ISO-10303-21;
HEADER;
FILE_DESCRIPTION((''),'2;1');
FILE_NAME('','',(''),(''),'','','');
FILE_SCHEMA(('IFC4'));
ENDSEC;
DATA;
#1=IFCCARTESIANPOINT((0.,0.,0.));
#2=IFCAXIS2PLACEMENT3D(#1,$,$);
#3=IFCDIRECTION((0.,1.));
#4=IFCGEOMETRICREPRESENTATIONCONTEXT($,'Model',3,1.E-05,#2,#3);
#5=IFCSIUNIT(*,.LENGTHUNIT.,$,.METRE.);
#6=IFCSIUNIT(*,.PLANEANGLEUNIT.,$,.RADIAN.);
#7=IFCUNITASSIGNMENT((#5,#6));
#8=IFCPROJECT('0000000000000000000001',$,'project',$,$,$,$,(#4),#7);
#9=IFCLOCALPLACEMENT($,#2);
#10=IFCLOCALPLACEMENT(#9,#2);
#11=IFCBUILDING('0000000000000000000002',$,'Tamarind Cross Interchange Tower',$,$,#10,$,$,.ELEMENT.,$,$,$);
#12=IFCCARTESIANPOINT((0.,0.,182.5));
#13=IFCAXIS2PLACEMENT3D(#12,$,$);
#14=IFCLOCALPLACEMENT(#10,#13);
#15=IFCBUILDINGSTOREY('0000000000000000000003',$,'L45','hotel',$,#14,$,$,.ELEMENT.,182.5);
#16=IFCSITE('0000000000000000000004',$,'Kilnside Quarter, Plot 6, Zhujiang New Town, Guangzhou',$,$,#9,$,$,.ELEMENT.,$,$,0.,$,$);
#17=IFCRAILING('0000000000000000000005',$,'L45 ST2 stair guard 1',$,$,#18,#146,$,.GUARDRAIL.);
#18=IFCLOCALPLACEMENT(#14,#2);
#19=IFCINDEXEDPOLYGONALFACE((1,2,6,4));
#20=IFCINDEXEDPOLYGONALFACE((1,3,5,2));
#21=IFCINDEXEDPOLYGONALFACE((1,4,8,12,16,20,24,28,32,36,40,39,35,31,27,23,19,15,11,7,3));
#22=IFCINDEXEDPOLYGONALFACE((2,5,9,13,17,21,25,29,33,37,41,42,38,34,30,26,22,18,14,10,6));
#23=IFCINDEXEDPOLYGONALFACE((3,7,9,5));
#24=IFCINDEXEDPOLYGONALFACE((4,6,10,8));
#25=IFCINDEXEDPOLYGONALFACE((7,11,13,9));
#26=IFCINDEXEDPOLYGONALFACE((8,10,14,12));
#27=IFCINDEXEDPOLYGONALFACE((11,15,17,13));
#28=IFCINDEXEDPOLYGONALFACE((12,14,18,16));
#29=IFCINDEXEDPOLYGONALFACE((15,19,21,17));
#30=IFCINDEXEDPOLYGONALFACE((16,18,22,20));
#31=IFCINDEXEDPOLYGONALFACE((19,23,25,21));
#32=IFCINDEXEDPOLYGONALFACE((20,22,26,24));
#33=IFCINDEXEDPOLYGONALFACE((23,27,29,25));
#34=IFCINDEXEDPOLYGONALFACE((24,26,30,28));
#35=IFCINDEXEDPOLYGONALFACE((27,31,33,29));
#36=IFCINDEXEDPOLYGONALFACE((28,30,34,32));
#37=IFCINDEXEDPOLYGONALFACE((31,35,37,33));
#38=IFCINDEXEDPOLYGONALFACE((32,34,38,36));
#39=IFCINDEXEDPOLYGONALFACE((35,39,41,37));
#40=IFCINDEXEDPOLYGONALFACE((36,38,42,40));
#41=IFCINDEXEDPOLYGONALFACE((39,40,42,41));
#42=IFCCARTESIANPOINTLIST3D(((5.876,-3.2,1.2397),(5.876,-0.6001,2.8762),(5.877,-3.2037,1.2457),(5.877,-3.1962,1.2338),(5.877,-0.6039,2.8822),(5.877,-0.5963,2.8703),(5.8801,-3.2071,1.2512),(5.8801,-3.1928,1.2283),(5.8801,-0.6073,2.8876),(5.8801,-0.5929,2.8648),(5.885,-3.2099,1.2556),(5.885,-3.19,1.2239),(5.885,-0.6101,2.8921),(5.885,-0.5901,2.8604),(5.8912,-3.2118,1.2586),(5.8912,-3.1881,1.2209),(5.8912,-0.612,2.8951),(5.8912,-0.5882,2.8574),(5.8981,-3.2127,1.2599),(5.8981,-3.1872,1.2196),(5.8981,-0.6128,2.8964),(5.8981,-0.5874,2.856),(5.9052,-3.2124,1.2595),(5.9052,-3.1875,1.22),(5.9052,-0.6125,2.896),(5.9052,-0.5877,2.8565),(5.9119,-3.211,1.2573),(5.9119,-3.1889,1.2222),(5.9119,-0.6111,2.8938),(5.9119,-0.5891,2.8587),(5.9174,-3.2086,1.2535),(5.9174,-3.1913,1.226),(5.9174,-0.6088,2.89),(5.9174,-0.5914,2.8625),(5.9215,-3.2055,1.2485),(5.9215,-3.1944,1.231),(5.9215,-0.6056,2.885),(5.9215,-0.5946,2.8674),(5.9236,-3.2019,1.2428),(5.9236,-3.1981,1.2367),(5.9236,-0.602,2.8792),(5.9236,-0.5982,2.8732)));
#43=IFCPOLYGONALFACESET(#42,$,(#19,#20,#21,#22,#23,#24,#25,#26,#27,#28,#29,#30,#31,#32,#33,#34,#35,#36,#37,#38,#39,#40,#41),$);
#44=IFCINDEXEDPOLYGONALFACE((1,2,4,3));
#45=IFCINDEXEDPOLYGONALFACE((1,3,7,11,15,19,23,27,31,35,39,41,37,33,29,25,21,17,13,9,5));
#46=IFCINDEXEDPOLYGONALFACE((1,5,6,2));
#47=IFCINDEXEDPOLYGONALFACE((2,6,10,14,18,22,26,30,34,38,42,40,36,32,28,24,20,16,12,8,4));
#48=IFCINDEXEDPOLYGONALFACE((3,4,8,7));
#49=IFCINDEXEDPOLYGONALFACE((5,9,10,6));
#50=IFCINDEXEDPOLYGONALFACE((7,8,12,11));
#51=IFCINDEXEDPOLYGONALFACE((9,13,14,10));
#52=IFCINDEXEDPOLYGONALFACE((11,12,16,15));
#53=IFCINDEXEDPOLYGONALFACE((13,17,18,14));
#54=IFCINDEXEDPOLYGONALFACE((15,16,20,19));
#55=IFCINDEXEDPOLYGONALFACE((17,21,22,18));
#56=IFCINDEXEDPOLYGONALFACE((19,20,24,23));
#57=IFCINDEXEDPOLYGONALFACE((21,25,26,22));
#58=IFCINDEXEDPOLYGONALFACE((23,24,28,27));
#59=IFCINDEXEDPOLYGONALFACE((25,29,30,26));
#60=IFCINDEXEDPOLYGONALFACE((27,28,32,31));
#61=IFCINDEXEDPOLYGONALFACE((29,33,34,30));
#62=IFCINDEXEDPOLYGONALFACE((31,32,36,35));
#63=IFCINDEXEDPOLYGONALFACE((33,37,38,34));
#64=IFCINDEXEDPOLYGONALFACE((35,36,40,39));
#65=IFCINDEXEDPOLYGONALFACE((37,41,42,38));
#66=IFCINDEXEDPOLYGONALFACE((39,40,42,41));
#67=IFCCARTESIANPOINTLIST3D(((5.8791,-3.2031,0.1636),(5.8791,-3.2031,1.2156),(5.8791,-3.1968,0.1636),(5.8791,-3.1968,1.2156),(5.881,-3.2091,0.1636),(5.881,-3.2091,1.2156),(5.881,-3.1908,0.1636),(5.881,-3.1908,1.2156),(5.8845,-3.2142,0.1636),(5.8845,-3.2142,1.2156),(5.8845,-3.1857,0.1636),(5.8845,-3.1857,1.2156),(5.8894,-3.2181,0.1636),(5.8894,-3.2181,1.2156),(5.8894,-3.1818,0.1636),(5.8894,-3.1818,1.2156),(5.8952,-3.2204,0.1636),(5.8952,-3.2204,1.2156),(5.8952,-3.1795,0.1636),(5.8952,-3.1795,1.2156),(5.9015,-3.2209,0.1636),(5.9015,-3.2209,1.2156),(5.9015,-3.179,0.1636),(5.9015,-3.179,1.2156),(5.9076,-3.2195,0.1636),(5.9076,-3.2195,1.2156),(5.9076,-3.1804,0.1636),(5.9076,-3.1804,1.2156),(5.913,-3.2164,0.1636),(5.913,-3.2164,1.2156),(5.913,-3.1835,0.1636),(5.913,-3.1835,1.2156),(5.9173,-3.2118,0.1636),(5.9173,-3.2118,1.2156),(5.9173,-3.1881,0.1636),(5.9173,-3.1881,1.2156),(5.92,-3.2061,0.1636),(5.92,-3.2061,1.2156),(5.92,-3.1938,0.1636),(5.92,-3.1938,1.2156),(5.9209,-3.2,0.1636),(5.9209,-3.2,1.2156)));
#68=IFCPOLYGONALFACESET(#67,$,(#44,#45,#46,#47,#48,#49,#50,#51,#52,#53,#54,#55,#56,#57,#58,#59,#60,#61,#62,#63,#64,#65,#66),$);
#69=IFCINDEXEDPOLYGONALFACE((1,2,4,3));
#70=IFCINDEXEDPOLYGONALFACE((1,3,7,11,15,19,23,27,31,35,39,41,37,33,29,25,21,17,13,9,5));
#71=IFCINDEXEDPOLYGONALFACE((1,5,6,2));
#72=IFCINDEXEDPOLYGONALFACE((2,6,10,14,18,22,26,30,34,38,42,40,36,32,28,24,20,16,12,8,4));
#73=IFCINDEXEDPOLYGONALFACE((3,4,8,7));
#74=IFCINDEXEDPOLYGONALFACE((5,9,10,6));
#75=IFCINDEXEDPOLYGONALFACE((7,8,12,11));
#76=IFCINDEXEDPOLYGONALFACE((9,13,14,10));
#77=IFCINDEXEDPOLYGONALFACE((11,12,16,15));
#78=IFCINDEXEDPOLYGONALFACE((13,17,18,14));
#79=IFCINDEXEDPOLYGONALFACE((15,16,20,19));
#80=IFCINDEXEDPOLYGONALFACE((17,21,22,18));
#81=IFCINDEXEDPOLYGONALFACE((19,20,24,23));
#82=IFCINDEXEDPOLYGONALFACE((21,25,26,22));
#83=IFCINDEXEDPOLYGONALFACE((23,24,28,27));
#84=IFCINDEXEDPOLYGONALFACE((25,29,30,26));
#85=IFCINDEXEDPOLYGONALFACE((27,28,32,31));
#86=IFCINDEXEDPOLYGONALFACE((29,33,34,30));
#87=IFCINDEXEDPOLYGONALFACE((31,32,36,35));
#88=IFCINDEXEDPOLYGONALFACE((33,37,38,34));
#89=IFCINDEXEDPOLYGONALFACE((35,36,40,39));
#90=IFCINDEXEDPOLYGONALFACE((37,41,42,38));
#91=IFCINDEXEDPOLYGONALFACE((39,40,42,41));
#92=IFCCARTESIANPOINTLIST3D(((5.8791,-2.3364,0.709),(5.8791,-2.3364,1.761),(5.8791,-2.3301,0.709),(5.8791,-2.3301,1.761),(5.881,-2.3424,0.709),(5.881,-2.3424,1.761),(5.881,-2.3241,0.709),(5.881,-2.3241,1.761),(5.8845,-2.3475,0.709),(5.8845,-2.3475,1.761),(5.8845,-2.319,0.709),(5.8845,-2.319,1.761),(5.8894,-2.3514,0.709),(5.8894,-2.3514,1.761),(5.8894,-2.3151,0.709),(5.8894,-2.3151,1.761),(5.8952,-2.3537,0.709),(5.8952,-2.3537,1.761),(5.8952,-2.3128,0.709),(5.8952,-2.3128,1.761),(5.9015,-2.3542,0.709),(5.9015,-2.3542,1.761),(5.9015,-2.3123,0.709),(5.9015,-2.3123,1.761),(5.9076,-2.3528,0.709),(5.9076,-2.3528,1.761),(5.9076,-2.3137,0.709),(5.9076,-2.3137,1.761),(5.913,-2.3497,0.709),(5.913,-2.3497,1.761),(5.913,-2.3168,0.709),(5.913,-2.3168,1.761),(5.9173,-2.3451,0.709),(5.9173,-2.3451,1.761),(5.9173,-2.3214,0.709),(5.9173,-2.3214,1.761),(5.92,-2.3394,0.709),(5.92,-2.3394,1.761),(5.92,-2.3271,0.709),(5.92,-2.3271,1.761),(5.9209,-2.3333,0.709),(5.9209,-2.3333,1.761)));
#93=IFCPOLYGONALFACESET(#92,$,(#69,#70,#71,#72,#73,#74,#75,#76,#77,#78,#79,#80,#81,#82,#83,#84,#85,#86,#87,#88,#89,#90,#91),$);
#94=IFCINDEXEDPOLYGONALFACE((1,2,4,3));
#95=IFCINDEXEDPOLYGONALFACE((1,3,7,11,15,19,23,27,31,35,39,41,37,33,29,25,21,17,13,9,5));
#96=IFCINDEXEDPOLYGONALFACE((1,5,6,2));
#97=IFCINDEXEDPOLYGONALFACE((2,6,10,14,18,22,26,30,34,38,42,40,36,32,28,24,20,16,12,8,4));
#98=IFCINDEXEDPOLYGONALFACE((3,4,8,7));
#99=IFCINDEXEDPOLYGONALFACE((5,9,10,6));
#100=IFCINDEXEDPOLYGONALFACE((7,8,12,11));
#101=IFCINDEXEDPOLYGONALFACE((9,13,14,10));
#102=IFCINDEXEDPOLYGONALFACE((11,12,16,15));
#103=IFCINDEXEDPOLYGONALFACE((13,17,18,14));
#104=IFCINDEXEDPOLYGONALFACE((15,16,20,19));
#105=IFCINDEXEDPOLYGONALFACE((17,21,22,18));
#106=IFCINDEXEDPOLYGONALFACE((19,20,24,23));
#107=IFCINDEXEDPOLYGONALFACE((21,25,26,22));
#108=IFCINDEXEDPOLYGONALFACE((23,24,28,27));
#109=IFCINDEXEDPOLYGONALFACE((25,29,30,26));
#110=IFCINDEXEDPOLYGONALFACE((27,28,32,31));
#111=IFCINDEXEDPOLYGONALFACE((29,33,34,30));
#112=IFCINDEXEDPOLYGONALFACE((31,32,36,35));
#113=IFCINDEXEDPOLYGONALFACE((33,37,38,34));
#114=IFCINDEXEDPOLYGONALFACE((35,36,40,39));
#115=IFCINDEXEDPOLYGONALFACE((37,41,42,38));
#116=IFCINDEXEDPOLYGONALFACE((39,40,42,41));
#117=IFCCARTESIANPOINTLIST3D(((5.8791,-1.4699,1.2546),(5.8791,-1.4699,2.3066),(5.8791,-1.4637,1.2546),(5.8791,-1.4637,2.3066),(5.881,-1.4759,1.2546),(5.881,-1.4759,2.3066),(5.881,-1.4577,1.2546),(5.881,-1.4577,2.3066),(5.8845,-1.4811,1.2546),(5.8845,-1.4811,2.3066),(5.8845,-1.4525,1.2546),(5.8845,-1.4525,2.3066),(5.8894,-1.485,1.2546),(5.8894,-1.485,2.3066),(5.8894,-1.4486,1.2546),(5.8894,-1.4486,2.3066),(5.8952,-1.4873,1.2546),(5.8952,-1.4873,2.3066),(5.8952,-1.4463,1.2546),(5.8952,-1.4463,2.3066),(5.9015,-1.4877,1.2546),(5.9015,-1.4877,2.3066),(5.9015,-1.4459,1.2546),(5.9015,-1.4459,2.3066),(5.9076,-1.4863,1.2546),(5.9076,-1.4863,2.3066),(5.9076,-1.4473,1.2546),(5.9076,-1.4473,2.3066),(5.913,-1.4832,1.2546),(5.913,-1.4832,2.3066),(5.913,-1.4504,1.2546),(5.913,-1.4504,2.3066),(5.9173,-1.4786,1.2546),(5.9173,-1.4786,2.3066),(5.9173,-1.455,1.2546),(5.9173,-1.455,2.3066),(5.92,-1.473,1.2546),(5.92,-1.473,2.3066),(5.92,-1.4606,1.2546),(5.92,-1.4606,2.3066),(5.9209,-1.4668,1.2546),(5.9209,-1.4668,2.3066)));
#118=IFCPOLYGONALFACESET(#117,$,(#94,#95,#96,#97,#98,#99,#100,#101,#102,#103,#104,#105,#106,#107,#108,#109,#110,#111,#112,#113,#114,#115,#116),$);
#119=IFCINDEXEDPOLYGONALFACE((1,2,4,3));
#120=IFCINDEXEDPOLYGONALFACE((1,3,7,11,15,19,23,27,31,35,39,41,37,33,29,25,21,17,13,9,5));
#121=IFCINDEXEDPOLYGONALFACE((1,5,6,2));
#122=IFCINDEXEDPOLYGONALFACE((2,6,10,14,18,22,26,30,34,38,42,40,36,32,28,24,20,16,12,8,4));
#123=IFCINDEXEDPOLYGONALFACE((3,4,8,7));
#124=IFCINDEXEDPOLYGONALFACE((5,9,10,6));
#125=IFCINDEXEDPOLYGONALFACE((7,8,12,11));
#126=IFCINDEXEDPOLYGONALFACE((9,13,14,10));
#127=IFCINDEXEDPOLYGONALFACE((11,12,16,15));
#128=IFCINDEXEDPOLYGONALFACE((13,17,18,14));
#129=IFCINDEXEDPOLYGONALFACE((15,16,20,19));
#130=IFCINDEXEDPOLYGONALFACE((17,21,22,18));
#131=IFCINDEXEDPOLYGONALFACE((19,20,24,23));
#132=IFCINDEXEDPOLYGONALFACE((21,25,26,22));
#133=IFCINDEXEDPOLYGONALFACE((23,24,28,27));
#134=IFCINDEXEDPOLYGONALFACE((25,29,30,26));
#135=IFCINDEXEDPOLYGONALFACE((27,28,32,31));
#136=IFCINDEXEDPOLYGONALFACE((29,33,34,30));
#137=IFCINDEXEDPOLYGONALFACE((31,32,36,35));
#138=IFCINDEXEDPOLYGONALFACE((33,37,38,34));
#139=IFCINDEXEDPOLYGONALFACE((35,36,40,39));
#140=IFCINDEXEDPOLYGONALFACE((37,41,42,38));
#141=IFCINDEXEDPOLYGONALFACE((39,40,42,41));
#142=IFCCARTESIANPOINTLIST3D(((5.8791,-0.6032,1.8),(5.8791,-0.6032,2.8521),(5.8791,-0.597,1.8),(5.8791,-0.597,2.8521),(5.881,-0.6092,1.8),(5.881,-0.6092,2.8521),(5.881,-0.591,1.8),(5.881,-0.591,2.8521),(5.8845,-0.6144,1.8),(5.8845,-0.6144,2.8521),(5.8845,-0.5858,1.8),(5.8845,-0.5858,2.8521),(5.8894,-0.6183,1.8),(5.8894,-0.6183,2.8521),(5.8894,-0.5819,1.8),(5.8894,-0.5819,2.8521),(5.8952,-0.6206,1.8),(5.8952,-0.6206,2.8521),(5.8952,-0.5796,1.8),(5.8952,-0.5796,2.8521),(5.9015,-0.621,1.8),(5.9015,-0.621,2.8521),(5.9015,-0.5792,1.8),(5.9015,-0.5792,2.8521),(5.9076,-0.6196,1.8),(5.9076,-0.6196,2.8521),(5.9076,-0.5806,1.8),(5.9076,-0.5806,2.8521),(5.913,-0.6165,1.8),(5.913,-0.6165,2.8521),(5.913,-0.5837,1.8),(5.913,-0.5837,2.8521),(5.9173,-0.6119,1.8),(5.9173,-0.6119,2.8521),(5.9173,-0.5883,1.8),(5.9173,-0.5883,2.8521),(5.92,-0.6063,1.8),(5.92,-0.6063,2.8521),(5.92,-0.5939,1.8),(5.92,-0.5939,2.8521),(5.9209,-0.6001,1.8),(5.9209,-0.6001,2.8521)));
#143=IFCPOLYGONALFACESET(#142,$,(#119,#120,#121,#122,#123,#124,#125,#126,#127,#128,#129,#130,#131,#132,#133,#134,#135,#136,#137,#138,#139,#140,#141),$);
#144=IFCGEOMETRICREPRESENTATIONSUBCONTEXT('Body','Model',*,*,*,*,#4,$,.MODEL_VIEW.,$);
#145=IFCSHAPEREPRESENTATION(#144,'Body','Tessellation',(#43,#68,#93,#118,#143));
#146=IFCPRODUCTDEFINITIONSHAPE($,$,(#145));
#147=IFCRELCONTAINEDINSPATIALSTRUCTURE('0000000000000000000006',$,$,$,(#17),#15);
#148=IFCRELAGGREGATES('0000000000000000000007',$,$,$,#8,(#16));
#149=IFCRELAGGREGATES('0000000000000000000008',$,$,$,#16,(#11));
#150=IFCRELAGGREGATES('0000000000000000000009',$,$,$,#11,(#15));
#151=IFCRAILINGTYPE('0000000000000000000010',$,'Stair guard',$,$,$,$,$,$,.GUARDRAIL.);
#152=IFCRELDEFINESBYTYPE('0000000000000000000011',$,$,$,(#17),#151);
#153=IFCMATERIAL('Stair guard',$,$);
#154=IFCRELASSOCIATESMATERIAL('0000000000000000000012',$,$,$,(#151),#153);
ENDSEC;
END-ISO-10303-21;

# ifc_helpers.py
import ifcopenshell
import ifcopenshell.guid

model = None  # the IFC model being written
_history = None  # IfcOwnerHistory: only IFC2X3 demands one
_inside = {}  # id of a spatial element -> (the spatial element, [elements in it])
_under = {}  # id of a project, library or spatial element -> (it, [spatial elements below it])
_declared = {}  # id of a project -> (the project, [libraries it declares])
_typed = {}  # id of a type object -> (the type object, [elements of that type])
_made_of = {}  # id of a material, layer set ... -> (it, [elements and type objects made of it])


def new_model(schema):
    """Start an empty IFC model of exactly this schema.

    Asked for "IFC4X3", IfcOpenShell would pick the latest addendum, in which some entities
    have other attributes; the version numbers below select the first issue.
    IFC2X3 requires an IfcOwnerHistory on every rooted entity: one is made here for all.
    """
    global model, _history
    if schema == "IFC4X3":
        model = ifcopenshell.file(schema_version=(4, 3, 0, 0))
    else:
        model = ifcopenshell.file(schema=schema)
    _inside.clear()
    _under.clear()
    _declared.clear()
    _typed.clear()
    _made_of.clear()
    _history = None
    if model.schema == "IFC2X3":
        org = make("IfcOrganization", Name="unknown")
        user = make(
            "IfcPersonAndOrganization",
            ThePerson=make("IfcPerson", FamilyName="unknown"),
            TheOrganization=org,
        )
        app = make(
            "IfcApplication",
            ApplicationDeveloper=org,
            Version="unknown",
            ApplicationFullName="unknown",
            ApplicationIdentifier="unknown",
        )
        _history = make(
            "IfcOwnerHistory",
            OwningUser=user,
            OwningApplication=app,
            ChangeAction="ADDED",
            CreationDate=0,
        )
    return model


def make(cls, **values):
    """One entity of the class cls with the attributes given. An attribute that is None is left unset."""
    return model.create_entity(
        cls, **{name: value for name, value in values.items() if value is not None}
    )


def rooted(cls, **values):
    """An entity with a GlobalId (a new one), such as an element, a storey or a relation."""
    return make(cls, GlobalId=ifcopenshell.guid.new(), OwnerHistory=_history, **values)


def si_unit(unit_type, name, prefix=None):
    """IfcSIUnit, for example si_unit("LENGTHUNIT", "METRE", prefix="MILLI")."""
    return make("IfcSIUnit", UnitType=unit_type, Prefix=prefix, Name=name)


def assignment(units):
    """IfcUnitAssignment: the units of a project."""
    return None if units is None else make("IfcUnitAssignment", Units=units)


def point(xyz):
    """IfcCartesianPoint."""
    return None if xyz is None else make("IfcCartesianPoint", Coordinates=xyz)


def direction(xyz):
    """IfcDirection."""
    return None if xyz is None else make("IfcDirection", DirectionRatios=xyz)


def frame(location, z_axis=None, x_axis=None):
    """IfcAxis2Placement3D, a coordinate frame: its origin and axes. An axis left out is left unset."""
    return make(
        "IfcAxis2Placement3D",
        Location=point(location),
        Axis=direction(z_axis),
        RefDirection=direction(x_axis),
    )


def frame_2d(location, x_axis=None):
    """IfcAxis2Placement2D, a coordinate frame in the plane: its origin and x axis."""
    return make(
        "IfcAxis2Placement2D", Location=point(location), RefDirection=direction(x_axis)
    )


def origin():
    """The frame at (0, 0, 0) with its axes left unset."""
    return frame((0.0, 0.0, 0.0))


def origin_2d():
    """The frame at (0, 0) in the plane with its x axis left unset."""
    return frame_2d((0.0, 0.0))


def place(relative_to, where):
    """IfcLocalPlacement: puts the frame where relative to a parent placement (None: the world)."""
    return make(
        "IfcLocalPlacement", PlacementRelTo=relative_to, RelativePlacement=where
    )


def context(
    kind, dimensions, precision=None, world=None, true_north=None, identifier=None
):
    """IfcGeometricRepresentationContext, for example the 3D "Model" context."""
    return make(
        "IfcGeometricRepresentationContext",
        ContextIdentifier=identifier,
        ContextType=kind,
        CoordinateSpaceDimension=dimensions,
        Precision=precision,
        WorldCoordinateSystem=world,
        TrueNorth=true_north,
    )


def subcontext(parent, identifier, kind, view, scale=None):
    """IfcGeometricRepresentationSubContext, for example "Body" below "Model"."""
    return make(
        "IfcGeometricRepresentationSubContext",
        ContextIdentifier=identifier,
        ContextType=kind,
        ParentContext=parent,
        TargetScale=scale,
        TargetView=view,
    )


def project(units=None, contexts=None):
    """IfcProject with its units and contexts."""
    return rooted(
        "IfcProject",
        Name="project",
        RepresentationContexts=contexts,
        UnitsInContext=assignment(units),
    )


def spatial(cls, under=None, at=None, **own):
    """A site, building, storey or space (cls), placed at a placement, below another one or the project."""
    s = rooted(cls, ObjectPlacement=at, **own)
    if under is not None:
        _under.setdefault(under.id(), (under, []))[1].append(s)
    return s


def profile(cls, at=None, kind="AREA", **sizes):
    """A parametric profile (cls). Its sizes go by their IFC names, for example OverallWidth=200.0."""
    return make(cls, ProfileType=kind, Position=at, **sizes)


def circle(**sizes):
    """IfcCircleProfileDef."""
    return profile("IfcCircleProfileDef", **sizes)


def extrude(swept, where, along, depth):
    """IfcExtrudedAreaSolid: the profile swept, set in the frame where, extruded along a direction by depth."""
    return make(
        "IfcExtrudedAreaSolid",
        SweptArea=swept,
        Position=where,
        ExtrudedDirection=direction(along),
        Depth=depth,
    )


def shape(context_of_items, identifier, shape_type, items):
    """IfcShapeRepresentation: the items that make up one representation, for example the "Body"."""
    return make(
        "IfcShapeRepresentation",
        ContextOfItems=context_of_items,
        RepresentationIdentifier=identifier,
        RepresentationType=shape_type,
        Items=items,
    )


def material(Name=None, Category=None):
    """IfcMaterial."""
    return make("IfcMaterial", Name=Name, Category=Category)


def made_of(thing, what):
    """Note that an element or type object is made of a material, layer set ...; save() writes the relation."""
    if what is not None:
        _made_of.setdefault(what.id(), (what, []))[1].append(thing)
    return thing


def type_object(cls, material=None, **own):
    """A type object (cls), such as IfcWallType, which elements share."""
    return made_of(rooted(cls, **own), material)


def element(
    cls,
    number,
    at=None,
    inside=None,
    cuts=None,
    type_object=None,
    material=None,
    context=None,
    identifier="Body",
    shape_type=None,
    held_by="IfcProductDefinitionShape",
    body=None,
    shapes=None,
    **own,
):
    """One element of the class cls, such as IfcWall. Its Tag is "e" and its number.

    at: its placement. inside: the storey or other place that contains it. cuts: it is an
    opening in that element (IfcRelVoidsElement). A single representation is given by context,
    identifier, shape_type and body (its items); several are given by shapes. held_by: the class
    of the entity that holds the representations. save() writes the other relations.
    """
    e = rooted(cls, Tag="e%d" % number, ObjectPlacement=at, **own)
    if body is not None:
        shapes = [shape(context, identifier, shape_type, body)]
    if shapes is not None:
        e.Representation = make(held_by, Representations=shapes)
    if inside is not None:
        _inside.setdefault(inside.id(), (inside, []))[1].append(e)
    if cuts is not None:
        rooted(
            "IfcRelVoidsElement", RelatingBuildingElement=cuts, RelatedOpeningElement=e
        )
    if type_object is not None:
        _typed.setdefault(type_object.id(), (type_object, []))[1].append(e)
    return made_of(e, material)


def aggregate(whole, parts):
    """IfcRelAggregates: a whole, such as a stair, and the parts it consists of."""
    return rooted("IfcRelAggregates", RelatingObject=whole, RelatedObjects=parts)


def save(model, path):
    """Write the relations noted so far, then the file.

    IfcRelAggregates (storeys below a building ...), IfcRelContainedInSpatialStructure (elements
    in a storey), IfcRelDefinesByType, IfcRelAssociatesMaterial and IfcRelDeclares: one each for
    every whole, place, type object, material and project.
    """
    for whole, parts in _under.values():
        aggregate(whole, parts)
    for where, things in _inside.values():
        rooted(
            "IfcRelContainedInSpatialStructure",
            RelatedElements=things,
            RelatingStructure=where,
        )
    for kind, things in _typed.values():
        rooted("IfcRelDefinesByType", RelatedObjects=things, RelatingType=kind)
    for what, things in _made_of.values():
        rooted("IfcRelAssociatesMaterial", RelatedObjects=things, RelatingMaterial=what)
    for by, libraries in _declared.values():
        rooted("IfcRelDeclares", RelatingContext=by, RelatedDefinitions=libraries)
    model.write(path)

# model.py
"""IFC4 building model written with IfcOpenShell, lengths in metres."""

from ifc_helpers import new_model, si_unit, direction, frame, origin, origin_2d, place, context, subcontext, project, spatial, circle, extrude, material, type_object, element, save


model = new_model("IFC4")

# Units and contexts
model_context = context("Model", 3, precision=1e-05, world=origin(), true_north=direction((0.0, 1.0)))
body_context = subcontext(model_context, "Body", "Model", "MODEL_VIEW")
ifc_project = project(units=[si_unit("LENGTHUNIT", "METRE"), si_unit("PLANEANGLEUNIT", "RADIAN")], contexts=[model_context])

# Site, building, storey
site_placement = place(None, origin())
site = spatial("IfcSite", under=ifc_project, at=site_placement, Name="Kilnside Quarter, Plot 6, Zhujiang New Town, Guangzhou", CompositionType="ELEMENT", RefElevation=0.0)
building_placement = place(site_placement, origin())
building = spatial("IfcBuilding", under=site, at=building_placement, Name="Tamarind Cross Interchange Tower", CompositionType="ELEMENT")
storey_placement = place(building_placement, frame((0.0, 0.0, 182.5)))
storey = spatial("IfcBuildingStorey", under=building, at=storey_placement, Name="L45", Description="hotel", CompositionType="ELEMENT", Elevation=182.5)

# Railing
ifc_material_1 = material(Name="Stair guard")
railing_type_1 = type_object("IfcRailingType", Name="Stair guard", PredefinedType="GUARDRAIL", material=ifc_material_1)
railing_1_placement = place(storey_placement, frame((5.8999, -3.2, 0.1636)))
element("IfcRailing", 1, at=railing_1_placement, inside=storey, type_object=railing_type_1, Name="L45 ST2 stair guard 1", PredefinedType="GUARDRAIL", context=body_context, shape_type="SweptSolid", body=[
    extrude(circle(Radius=0.0239, at=origin_2d()), frame((0.0, 0.0, 1.0762), z_axis=(0.0, 0.846302, 0.532704), x_axis=(-1.0, 0.0, 0.0)), (0.0, 0.0, 1.0), 3.072),
    extrude(circle(Radius=0.021, at=origin_2d()), origin(), (0.0, 0.0, 1.0), 1.052),
    extrude(circle(Radius=0.021, at=origin_2d()), frame((0.0, 0.8667, 0.5454)), (0.0, 0.0, 1.0), 1.052),
    extrude(circle(Radius=0.021, at=origin_2d()), frame((0.0, 1.7332, 1.0911)), (0.0, 0.0, 1.0), 1.052),
    extrude(circle(Radius=0.021, at=origin_2d()), frame((0.0, 2.5999, 1.6365)), (0.0, 0.0, 1.0), 1.052),
])

save(model, "model.ifc")
